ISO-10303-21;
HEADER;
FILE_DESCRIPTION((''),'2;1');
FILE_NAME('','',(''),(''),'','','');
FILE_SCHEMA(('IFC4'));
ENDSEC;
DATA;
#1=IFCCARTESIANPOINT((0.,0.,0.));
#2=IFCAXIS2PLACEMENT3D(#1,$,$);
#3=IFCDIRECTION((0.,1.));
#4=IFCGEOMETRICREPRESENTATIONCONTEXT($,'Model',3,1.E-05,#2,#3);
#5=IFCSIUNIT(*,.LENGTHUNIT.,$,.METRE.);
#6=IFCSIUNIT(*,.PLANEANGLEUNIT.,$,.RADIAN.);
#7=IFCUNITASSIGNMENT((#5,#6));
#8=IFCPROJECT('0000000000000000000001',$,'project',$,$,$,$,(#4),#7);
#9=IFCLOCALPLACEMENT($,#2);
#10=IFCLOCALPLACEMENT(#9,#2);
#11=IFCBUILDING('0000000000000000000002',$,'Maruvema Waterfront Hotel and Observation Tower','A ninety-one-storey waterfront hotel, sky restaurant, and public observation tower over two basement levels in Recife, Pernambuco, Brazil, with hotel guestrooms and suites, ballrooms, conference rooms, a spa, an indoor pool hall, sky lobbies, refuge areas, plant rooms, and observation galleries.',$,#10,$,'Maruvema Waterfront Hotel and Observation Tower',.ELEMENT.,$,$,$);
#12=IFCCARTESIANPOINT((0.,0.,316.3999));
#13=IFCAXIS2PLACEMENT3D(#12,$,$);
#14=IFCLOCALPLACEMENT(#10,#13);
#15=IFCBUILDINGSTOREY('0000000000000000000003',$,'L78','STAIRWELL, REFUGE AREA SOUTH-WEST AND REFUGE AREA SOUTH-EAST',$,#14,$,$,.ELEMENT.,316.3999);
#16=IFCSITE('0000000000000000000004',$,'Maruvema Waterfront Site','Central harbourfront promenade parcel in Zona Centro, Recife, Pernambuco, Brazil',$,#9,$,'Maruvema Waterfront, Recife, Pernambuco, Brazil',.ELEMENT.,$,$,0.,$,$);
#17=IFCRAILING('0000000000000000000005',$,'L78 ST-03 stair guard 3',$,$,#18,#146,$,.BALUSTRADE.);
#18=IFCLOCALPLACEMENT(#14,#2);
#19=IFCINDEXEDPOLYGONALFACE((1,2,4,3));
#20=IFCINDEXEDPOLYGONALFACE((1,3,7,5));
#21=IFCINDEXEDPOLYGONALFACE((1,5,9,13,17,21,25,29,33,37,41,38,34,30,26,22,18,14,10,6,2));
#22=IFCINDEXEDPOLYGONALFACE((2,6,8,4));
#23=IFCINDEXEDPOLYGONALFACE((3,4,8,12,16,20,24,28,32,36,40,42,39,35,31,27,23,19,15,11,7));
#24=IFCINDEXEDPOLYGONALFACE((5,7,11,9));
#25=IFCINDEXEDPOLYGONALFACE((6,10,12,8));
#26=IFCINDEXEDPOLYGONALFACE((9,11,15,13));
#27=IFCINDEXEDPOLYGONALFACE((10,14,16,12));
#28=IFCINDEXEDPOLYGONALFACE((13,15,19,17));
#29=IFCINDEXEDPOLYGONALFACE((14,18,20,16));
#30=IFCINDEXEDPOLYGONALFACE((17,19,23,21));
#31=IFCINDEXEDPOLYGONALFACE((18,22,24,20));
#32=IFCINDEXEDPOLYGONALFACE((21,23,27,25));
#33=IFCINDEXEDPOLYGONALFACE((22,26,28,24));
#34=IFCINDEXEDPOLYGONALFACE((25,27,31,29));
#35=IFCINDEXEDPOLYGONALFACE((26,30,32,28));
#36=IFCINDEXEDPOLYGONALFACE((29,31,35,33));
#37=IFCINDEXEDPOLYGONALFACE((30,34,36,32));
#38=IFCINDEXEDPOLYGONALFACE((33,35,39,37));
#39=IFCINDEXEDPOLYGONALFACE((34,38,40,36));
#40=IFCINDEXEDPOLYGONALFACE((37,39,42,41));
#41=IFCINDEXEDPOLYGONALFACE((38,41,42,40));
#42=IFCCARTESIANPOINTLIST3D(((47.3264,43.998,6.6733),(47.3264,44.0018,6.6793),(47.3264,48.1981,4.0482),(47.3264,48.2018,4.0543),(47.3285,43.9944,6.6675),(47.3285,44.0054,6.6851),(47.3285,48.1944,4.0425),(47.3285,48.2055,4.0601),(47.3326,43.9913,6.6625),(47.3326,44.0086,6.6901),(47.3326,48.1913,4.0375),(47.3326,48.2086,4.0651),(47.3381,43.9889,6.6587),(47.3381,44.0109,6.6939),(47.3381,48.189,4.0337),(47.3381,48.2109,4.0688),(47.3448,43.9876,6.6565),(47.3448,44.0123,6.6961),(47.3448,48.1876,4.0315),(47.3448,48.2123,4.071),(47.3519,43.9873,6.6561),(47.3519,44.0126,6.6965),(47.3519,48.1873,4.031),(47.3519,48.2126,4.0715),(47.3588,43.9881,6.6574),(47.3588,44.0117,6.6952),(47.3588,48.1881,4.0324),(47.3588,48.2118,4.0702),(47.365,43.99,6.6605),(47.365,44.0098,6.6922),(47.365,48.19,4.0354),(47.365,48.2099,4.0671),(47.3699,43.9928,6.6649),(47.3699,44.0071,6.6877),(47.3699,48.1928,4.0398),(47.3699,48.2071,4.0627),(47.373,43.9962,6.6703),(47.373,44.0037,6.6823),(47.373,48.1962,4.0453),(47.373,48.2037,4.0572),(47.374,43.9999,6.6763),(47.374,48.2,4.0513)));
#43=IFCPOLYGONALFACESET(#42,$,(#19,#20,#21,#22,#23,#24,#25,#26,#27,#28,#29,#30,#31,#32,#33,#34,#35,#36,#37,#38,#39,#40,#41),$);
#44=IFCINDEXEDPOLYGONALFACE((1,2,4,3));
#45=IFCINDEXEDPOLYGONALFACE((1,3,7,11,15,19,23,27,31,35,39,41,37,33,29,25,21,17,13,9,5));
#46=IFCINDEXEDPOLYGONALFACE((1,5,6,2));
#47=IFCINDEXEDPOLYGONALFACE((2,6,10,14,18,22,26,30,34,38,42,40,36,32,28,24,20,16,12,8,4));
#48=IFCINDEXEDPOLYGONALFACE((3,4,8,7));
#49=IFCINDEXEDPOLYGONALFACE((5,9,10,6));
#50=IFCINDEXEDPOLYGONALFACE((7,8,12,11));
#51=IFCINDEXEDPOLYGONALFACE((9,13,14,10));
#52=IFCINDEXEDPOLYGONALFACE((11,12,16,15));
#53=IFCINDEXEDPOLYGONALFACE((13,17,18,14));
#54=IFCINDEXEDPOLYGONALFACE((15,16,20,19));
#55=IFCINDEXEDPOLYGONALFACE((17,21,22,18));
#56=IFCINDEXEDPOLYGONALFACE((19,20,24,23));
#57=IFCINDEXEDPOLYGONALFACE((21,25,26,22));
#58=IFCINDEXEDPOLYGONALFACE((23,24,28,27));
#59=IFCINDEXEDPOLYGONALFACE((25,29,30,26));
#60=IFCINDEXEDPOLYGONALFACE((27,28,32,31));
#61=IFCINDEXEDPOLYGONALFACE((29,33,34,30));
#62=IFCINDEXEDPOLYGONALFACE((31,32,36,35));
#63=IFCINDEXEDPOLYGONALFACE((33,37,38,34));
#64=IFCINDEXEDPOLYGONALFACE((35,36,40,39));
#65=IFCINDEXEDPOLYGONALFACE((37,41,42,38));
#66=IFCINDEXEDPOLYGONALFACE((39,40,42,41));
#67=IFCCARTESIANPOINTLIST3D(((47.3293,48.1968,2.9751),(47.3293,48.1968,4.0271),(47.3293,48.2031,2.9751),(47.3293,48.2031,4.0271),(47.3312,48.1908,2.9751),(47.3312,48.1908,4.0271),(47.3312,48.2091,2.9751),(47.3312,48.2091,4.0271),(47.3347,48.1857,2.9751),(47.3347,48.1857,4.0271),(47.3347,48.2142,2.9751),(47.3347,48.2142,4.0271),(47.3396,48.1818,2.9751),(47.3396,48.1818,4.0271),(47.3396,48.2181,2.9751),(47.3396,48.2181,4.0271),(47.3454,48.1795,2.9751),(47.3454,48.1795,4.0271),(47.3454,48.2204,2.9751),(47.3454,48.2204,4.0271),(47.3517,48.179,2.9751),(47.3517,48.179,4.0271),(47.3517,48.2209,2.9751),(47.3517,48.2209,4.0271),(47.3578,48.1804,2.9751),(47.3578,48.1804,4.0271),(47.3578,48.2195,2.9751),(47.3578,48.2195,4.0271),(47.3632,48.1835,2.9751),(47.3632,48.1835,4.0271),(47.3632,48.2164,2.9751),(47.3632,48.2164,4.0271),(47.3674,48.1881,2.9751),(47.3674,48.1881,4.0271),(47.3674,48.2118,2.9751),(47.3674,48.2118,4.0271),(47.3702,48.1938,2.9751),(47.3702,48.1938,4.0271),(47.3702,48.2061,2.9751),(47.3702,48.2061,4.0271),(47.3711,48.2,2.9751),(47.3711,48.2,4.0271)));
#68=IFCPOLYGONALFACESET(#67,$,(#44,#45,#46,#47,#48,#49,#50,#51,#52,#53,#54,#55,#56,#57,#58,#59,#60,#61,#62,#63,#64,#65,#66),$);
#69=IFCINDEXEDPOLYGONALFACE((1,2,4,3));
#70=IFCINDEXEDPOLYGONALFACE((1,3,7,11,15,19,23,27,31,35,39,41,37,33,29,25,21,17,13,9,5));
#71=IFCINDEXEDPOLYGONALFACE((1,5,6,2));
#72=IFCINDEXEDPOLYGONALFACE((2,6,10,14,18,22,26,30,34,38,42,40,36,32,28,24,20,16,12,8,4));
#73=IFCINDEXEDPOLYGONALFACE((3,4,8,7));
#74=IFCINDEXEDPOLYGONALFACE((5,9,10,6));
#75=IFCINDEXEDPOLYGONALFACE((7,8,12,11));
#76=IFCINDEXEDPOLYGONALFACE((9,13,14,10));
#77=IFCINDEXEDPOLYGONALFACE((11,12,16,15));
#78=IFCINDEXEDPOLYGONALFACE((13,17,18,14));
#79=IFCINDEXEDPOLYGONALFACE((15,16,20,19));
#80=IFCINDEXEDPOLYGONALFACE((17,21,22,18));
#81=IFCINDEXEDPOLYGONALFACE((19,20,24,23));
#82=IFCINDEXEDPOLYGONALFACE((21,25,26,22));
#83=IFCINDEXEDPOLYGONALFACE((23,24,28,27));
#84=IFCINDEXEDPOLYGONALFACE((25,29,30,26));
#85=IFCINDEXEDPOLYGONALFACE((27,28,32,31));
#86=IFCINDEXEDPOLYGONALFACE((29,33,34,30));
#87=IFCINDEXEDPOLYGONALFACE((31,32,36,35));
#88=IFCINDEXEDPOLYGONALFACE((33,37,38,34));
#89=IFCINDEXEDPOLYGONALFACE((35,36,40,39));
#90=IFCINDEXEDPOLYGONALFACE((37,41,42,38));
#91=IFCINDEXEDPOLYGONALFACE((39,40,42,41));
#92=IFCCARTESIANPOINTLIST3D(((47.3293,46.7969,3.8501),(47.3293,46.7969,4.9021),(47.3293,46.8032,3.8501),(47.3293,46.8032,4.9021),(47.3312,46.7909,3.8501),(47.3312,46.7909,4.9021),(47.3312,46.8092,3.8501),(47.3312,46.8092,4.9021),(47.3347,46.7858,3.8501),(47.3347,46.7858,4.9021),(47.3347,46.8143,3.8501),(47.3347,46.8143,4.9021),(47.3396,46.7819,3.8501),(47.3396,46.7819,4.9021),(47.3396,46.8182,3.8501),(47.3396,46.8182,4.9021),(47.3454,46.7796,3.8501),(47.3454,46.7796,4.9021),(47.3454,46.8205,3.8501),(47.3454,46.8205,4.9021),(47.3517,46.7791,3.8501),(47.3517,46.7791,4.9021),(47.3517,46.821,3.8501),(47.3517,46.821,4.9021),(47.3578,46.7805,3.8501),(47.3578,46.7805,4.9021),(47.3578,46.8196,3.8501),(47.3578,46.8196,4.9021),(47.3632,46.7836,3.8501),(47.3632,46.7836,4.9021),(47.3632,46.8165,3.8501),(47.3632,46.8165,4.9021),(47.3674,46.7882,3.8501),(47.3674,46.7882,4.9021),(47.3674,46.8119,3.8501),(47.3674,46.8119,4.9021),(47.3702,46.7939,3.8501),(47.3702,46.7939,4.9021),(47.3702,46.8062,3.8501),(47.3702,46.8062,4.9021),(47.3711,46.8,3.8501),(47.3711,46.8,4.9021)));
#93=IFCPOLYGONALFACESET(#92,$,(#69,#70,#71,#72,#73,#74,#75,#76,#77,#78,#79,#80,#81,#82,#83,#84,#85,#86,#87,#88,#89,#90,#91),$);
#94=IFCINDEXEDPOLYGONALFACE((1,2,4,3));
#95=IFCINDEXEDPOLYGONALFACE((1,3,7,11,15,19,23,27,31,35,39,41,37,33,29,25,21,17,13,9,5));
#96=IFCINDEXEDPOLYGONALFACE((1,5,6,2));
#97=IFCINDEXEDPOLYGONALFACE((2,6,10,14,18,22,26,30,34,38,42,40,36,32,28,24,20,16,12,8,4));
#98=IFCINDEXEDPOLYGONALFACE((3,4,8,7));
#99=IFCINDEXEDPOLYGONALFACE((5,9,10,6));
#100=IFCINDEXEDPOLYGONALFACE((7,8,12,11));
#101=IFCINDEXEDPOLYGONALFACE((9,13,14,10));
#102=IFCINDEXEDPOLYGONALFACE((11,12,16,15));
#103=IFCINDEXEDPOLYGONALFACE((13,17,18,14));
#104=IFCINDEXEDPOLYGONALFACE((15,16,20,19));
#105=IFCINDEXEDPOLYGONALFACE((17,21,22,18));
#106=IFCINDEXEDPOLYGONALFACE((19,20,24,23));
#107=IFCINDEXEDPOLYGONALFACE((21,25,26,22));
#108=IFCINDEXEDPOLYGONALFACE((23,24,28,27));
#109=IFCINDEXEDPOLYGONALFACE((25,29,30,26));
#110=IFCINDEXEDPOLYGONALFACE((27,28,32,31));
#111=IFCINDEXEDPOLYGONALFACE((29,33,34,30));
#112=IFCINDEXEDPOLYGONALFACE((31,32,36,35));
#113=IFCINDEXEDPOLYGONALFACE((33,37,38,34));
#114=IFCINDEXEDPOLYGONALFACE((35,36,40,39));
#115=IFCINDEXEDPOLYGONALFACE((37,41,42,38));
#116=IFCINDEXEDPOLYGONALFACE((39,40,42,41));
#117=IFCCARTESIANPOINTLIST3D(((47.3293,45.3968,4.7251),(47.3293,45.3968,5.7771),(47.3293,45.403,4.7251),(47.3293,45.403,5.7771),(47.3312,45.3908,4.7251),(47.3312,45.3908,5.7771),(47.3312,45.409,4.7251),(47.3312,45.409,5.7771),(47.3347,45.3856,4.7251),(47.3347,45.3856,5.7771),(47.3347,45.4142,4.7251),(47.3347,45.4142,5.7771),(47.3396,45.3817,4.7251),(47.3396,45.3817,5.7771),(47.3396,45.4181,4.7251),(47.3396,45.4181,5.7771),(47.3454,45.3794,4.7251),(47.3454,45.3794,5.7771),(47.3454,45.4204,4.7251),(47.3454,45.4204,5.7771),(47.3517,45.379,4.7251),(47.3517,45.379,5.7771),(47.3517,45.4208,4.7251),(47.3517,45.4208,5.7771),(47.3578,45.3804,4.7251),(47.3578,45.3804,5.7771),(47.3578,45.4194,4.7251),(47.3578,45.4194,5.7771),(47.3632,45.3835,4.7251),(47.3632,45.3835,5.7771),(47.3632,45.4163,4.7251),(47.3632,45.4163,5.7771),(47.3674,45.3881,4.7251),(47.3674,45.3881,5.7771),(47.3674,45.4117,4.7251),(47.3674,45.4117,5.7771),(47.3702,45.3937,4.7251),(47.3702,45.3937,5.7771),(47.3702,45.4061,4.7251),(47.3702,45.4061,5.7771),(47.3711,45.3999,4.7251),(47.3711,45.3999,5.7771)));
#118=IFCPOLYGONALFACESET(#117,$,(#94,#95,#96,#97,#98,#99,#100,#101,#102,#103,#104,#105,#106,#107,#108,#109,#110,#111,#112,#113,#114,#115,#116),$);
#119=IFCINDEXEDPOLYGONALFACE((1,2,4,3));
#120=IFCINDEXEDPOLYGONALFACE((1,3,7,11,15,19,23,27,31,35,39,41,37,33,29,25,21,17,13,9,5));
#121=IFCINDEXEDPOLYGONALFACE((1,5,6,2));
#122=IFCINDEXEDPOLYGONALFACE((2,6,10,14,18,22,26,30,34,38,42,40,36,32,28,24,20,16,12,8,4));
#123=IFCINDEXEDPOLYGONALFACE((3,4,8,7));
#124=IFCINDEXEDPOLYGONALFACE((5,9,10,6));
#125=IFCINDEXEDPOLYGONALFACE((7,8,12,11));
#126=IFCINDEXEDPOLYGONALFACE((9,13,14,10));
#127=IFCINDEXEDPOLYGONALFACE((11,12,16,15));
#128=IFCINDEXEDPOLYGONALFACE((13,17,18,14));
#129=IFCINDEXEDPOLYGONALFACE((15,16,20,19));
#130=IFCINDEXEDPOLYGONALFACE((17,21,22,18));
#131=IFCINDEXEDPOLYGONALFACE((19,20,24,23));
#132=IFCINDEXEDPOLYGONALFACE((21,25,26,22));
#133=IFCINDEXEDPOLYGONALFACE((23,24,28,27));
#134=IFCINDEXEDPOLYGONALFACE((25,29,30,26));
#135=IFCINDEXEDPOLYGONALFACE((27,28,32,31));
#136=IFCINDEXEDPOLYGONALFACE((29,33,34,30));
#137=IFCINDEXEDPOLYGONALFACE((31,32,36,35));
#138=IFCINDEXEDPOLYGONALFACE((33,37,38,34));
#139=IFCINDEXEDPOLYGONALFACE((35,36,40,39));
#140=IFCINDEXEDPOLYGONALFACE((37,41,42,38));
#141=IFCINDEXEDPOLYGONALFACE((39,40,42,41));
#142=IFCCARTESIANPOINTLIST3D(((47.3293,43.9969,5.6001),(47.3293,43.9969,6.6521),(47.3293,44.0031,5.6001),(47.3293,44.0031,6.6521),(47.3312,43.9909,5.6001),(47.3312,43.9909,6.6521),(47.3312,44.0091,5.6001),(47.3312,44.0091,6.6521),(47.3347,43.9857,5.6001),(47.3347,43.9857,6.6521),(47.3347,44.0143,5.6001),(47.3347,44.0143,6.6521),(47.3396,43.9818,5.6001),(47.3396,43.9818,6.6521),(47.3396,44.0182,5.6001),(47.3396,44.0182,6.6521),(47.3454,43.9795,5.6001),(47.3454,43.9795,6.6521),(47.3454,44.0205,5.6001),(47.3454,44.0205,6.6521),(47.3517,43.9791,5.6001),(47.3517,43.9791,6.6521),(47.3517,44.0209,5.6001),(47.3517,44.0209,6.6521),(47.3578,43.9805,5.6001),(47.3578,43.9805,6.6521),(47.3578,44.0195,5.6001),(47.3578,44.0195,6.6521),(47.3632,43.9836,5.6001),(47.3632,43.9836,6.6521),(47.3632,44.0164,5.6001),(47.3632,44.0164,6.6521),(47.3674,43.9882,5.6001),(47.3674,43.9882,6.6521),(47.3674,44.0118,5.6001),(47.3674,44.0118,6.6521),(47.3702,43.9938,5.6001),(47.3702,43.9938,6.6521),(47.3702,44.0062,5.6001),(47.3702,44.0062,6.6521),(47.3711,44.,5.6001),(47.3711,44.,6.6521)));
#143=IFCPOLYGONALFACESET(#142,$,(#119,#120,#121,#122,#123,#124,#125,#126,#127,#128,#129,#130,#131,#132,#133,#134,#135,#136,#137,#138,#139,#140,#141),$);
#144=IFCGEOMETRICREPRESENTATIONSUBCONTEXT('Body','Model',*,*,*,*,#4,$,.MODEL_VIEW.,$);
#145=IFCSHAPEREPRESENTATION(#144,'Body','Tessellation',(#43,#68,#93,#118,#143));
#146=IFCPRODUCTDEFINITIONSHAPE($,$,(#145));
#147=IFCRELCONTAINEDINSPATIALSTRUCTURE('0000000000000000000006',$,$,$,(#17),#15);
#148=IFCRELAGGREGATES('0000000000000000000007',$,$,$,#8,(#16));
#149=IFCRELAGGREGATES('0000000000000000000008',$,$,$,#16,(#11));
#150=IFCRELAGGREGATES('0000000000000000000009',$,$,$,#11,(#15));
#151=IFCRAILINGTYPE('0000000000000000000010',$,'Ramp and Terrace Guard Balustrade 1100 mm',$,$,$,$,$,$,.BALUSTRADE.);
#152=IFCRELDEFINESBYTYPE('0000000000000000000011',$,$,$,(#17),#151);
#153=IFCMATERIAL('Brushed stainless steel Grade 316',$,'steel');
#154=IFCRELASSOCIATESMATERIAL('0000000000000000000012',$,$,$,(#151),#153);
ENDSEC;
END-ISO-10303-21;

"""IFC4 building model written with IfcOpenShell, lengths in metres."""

from ifc_helpers import new_model, si_unit, direction, frame, origin, origin_2d, place, context, subcontext, project, spatial, circle, extrude, material, type_object, element, save


model = new_model("IFC4")

# Units and contexts
model_context = context("Model", 3, precision=1e-05, world=origin(), true_north=direction((0.0, 1.0)))
body_context = subcontext(model_context, "Body", "Model", "MODEL_VIEW")
ifc_project = project(units=[si_unit("LENGTHUNIT", "METRE"), si_unit("PLANEANGLEUNIT", "RADIAN")], contexts=[model_context])

# Site, building, storey
site_placement = place(None, origin())
site = spatial("IfcSite", under=ifc_project, at=site_placement, Name="Maruvema Waterfront Site", Description="Central harbourfront promenade parcel in Zona Centro, Recife, Pernambuco, Brazil", LongName="Maruvema Waterfront, Recife, Pernambuco, Brazil", CompositionType="ELEMENT", RefElevation=0.0)
building_placement = place(site_placement, origin())
building = spatial("IfcBuilding", under=site, at=building_placement, Name="Maruvema Waterfront Hotel and Observation Tower", Description="A ninety-one-storey waterfront hotel, sky restaurant, and public observation tower over two basement levels in Recife, Pernambuco, Brazil, with hotel guestrooms and suites, ballrooms, conference rooms, a spa, an indoor pool hall, sky lobbies, refuge areas, plant rooms, and observation galleries.", LongName="Maruvema Waterfront Hotel and Observation Tower", CompositionType="ELEMENT")
storey_placement = place(building_placement, frame((0.0, 0.0, 316.3999)))
storey = spatial("IfcBuildingStorey", under=building, at=storey_placement, Name="L78", Description="STAIRWELL, REFUGE AREA SOUTH-WEST AND REFUGE AREA SOUTH-EAST", CompositionType="ELEMENT", Elevation=316.3999)

# Railing
ifc_material_1 = material(Name="Brushed stainless steel Grade 316", Category="steel")
railing_type_1 = type_object("IfcRailingType", Name="Ramp and Terrace Guard Balustrade 1100 mm", PredefinedType="BALUSTRADE", material=ifc_material_1)
railing_1_placement = place(storey_placement, frame((47.3501, 48.2, 2.9751)))
element("IfcRailing", 1, at=railing_1_placement, inside=storey, type_object=railing_type_1, Name="L78 ST-03 stair guard 3", PredefinedType="BALUSTRADE", context=body_context, shape_type="SweptSolid", body=[
    extrude(circle(Radius=0.0239, at=origin_2d()), frame((0.0, 0.0, 1.0762), z_axis=(0.0, -0.847996, 0.530003), x_axis=(1.0, 0.0, 0.0)), (0.0, 0.0, 1.0), 4.9529),
    extrude(circle(Radius=0.021, at=origin_2d()), origin(), (0.0, 0.0, 1.0), 1.052),
    extrude(circle(Radius=0.021, at=origin_2d()), frame((0.0, -1.3999, 0.875)), (0.0, 0.0, 1.0), 1.052),
    extrude(circle(Radius=0.021, at=origin_2d()), frame((0.0, -2.8, 1.75)), (0.0, 0.0, 1.0), 1.052),
    extrude(circle(Radius=0.021, at=origin_2d()), frame((0.0, -4.2, 2.625)), (0.0, 0.0, 1.0), 1.052),
])

save(model, "model.ifc")
